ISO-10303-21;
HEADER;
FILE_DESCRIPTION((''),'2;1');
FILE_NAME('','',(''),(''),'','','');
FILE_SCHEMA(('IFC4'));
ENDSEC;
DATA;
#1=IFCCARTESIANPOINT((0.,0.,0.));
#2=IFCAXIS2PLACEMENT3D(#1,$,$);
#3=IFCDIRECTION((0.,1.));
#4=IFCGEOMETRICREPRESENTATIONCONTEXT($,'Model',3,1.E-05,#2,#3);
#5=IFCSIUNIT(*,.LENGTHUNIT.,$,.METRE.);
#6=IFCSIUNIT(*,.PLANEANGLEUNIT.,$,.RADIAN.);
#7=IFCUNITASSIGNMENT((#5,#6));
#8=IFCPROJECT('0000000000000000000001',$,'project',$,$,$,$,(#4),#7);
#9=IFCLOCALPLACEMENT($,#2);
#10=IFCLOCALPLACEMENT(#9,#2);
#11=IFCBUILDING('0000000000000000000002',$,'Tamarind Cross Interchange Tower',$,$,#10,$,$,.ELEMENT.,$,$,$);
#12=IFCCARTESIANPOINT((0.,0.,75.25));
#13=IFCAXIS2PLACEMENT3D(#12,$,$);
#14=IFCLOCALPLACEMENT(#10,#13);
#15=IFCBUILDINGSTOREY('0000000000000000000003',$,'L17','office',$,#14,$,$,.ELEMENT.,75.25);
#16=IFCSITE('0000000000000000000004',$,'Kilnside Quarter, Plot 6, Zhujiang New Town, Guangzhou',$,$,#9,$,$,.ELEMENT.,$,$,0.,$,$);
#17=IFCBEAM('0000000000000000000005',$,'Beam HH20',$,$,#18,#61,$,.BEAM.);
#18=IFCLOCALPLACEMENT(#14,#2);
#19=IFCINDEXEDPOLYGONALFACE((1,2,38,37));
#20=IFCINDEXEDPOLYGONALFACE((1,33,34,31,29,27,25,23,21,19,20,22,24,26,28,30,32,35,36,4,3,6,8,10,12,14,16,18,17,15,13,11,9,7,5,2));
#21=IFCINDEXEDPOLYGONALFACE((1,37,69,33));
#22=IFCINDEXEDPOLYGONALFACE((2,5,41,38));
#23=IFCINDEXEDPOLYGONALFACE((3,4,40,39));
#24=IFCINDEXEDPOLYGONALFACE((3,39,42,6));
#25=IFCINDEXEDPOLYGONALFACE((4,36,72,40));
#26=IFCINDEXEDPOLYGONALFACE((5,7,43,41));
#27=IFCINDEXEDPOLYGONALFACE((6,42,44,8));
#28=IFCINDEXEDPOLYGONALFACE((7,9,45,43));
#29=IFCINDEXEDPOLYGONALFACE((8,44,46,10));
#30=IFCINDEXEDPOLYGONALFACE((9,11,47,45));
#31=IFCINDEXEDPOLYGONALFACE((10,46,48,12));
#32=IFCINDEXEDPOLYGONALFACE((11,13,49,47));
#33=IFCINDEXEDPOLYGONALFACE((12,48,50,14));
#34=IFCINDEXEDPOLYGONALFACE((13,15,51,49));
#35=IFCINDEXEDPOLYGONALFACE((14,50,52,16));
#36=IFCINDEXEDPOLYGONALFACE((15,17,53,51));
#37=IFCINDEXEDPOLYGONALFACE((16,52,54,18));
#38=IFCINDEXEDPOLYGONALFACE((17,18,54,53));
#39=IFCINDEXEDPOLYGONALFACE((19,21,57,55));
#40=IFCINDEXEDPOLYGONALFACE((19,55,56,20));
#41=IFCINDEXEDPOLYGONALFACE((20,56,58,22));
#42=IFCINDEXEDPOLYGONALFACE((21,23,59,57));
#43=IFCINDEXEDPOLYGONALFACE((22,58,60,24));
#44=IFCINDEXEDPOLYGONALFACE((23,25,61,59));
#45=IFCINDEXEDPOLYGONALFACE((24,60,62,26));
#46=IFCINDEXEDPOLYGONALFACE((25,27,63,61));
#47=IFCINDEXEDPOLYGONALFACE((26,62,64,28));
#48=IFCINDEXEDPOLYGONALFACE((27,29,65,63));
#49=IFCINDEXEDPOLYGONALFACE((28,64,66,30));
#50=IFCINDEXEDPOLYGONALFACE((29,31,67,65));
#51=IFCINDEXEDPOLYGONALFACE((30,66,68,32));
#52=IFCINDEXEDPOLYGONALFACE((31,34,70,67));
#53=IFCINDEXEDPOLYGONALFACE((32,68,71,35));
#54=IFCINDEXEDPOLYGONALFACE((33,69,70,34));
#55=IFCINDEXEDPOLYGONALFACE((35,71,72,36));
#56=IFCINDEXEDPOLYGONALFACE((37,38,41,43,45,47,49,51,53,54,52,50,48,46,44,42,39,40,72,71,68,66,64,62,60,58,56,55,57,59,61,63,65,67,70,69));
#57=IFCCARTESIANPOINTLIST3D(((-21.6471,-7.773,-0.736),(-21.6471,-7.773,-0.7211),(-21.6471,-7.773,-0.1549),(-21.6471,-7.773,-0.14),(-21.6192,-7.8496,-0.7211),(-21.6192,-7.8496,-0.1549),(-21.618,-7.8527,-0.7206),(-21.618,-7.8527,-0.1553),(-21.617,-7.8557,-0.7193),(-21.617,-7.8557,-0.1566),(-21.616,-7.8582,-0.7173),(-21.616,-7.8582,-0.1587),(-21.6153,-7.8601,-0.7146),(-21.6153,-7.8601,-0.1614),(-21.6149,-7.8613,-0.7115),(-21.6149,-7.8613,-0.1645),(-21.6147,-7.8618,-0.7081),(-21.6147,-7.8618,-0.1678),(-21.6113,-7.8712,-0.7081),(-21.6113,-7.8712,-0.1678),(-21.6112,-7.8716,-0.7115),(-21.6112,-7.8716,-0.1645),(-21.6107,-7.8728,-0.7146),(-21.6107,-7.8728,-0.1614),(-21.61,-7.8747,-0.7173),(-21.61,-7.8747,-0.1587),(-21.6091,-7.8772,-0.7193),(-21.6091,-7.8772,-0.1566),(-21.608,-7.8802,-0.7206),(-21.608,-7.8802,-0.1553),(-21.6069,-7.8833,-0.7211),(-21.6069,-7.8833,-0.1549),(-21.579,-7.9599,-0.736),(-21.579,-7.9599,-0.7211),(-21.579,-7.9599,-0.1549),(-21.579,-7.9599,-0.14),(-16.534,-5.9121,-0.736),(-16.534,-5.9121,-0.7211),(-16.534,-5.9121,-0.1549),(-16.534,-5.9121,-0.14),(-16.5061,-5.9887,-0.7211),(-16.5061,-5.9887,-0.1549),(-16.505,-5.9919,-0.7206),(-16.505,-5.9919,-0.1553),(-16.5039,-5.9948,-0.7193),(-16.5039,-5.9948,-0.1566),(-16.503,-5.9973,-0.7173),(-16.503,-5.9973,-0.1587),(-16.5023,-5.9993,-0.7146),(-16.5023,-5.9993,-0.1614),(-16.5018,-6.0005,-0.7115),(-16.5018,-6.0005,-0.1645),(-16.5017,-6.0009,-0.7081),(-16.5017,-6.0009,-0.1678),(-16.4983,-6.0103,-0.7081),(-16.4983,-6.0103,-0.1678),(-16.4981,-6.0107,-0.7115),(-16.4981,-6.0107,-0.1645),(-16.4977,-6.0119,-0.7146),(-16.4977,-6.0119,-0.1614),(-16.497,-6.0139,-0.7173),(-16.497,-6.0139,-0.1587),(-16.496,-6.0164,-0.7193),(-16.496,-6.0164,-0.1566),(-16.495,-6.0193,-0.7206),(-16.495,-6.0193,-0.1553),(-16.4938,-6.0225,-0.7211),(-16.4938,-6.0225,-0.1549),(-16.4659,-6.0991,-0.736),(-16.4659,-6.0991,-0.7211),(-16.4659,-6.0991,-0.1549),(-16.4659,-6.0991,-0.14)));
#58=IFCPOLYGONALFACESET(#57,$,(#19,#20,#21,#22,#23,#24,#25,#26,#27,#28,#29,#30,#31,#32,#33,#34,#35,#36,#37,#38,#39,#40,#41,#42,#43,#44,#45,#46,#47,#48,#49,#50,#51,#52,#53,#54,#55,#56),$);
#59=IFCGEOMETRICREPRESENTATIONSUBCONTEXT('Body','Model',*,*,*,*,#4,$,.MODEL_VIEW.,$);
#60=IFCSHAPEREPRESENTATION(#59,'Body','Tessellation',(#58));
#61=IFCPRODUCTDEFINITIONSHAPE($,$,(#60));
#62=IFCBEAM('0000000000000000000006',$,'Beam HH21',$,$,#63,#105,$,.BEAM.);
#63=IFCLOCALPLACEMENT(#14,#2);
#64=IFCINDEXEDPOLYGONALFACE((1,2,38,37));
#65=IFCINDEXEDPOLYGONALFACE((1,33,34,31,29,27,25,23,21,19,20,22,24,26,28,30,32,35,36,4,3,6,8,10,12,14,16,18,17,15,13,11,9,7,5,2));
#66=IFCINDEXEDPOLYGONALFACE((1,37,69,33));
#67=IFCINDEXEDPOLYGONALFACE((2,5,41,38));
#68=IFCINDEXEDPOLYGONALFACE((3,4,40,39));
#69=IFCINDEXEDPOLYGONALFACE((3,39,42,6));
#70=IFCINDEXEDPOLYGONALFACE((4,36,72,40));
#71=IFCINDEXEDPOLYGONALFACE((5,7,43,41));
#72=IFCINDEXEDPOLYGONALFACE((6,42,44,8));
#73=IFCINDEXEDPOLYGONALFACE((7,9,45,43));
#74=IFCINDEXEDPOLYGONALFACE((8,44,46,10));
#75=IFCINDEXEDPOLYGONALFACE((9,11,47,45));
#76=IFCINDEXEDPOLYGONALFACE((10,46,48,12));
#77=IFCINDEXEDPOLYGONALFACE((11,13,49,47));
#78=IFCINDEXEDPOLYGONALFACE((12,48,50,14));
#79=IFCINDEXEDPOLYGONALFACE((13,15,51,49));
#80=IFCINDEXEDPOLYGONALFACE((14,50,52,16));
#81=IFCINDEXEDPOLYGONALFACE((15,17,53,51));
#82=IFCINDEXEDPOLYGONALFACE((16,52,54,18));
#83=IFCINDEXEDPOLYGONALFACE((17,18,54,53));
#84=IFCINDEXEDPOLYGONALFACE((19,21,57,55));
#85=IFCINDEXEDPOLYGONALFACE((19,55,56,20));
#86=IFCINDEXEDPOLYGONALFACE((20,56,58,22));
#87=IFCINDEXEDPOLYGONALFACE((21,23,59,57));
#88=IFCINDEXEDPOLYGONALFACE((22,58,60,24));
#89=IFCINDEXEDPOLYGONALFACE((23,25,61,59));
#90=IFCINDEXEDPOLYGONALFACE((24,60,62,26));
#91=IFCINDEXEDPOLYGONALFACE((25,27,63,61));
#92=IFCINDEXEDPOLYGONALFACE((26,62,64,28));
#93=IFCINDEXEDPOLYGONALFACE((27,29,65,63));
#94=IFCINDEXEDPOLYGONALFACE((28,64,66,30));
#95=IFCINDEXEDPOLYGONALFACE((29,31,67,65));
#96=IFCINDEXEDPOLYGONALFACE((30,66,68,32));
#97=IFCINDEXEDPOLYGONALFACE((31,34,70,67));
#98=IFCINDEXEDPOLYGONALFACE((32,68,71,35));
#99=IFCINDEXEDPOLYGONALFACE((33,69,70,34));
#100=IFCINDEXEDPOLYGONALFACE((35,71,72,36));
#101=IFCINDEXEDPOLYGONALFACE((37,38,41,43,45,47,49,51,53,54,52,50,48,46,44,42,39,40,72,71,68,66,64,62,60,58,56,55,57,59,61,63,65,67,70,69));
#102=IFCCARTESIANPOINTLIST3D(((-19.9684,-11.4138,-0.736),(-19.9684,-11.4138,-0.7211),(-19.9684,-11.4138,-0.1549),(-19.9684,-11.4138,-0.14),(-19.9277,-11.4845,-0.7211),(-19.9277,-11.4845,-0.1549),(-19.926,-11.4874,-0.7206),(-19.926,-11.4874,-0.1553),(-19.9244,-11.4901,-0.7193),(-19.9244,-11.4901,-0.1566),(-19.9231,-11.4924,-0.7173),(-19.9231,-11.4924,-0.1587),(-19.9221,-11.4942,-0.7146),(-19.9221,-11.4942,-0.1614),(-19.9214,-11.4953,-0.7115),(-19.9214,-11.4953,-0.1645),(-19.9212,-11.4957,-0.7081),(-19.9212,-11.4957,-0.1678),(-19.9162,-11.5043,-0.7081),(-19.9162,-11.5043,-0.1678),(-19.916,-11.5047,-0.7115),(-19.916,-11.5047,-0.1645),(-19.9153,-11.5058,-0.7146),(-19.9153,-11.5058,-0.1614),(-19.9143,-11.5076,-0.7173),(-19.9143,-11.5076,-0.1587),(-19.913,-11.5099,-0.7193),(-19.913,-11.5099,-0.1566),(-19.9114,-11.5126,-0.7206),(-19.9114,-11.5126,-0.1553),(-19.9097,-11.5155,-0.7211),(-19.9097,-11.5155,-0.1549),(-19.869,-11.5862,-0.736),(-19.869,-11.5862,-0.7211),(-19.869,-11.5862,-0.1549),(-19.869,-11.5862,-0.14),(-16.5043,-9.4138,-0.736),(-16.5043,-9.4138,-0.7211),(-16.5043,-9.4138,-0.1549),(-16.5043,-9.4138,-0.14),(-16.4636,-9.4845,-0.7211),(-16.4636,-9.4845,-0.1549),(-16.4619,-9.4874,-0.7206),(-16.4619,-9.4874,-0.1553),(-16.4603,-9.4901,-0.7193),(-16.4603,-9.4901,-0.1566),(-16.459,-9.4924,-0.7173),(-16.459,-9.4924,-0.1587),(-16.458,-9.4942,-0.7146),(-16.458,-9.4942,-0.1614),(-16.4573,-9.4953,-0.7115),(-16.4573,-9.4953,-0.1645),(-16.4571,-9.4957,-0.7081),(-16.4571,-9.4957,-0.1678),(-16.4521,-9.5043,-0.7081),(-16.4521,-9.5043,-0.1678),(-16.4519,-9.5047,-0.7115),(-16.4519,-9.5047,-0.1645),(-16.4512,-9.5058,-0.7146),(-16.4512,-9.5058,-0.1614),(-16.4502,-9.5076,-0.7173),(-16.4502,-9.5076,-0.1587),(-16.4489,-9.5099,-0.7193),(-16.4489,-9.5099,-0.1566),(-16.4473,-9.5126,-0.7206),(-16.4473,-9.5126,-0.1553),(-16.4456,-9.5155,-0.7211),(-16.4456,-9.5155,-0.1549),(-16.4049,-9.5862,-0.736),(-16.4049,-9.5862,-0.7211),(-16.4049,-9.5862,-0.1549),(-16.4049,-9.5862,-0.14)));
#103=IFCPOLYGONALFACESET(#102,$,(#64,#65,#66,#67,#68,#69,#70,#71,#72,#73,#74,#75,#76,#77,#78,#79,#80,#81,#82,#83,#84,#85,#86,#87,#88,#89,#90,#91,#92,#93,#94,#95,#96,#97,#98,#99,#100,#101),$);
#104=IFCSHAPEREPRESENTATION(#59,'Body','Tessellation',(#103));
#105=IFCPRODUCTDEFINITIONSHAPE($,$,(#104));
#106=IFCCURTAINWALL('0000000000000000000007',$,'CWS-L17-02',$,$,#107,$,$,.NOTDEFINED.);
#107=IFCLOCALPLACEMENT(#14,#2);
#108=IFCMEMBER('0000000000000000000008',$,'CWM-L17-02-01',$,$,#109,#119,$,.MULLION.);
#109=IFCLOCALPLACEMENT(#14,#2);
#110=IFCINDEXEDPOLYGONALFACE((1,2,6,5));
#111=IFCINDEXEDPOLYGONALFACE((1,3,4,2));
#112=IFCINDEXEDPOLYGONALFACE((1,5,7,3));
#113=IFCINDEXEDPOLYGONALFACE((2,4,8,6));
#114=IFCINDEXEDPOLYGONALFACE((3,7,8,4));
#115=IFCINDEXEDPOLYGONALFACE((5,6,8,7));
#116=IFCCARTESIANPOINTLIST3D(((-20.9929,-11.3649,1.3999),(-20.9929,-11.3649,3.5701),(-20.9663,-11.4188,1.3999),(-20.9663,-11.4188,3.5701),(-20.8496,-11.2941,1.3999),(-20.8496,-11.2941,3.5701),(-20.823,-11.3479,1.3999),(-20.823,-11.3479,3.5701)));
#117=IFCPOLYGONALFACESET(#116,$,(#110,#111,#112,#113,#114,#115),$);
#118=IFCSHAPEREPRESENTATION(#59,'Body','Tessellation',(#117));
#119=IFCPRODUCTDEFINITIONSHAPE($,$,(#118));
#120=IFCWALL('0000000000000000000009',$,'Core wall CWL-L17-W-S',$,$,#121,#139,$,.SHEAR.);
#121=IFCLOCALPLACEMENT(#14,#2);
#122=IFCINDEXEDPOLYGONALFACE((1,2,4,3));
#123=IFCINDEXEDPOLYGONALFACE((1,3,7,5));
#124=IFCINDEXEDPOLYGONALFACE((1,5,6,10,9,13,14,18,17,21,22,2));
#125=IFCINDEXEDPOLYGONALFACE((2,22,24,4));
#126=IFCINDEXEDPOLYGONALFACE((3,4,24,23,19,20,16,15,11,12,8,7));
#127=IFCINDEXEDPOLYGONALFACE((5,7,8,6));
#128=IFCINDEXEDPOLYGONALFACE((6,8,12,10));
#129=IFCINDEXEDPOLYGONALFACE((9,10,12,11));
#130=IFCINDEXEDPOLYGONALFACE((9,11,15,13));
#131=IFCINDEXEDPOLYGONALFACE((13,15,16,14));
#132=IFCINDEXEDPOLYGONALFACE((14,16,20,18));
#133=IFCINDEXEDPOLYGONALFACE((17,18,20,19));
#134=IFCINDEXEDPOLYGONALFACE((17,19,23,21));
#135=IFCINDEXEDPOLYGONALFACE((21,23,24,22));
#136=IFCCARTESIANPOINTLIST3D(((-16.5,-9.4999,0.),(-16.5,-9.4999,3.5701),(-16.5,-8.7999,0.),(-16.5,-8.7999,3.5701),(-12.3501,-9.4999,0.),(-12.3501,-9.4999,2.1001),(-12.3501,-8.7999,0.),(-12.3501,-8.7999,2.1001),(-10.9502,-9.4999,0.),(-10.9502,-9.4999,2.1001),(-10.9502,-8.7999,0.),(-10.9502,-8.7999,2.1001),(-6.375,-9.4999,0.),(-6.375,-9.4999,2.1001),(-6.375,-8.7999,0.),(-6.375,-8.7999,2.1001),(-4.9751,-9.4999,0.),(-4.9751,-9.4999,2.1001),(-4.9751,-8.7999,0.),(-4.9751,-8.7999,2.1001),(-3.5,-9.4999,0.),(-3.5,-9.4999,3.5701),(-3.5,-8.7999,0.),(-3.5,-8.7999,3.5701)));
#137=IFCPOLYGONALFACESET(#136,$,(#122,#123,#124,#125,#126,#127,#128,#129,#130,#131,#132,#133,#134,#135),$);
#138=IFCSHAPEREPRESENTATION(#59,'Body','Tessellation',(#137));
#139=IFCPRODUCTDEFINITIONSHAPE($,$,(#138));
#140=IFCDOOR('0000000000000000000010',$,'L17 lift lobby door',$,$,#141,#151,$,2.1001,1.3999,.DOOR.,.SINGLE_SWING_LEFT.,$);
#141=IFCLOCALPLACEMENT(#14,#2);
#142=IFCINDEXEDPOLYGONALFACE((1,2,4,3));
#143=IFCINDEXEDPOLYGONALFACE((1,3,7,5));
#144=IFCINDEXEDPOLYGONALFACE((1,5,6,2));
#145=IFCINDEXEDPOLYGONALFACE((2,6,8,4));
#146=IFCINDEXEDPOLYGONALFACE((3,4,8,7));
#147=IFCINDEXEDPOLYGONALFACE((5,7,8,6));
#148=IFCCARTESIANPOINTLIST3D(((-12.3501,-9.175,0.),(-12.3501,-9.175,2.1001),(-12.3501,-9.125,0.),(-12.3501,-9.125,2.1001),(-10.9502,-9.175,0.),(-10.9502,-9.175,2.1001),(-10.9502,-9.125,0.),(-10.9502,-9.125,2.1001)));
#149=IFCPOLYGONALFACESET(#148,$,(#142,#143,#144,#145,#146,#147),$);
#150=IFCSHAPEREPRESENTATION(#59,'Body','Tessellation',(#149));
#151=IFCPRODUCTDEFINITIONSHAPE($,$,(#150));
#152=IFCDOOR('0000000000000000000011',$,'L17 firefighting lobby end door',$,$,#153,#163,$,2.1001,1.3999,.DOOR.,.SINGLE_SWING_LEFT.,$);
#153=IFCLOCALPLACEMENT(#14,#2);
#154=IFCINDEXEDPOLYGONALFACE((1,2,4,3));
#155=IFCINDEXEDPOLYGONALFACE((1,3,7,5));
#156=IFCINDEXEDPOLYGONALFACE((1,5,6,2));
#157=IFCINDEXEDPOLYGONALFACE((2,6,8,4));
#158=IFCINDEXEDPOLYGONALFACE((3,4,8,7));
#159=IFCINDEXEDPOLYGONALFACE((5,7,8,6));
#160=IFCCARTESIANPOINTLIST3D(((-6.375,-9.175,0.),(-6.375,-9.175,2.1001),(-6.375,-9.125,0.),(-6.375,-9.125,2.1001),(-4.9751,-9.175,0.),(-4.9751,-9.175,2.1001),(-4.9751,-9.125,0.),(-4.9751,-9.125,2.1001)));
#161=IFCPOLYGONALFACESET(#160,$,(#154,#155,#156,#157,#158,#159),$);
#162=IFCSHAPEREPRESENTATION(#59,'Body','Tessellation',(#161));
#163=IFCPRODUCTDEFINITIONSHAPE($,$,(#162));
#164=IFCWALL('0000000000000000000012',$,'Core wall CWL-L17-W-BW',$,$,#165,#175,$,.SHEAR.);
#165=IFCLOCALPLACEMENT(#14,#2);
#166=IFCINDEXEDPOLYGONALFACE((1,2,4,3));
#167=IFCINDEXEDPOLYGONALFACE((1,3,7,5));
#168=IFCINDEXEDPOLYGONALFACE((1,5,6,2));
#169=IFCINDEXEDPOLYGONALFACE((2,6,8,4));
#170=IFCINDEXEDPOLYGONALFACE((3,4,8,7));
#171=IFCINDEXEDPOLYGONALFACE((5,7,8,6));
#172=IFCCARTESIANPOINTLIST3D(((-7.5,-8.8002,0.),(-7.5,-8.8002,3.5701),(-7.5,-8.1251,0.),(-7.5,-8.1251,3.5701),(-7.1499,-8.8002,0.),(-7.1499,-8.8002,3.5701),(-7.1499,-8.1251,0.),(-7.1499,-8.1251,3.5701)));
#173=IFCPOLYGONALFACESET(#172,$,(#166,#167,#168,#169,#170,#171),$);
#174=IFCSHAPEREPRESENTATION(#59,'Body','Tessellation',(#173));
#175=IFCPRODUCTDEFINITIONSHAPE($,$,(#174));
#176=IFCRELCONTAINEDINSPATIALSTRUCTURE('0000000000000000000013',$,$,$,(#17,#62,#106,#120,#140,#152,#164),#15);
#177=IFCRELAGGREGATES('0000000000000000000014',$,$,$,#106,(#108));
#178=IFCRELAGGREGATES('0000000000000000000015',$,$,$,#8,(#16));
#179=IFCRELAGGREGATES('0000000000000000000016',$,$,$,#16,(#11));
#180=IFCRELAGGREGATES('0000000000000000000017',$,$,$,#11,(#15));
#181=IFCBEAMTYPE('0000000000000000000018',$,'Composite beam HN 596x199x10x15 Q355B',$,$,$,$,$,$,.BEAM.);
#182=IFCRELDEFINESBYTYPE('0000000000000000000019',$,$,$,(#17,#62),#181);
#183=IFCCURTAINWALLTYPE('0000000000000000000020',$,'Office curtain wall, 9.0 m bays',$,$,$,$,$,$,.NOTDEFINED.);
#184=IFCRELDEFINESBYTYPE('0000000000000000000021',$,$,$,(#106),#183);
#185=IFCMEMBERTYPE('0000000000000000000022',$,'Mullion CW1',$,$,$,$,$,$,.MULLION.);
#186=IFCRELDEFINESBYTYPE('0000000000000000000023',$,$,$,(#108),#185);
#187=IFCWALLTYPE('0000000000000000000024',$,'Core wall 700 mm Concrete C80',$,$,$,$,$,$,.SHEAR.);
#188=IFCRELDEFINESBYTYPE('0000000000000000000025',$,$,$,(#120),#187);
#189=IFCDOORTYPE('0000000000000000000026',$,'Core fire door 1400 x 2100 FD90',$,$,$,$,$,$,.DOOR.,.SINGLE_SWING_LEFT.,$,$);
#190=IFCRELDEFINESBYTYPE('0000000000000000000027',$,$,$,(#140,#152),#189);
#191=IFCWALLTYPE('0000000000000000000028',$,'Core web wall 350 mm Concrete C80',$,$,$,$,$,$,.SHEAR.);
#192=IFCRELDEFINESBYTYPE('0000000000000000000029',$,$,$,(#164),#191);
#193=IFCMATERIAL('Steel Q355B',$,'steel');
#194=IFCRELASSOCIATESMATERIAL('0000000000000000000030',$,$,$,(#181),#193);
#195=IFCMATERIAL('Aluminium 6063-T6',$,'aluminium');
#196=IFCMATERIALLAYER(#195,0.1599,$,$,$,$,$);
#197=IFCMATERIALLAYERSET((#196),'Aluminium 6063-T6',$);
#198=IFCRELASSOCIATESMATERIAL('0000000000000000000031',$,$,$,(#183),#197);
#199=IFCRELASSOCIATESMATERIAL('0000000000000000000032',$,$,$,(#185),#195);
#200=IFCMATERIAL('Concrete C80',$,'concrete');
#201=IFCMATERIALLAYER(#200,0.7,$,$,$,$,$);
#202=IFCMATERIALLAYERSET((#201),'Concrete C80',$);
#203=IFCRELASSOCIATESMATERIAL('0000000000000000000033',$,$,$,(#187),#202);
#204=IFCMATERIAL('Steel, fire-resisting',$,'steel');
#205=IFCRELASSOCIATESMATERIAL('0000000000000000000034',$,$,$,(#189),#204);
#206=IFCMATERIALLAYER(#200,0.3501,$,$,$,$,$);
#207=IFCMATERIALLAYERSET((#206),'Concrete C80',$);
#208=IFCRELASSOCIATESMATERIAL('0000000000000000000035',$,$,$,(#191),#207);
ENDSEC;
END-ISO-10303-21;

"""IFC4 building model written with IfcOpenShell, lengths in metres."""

from ifc_helpers import new_model, si_unit, direction, frame, frame_2d, origin, origin_2d, place, context, subcontext, project, spatial, rectangle, i_section, extrude, material, layer, layer_set, material_profile, profile_set, type_object, element, fill, aggregate, save


model = new_model("IFC4")

# Units and contexts
model_context = context("Model", 3, precision=1e-05, world=origin(), true_north=direction((0.0, 1.0)))
body_context = subcontext(model_context, "Body", "Model", "MODEL_VIEW")
ifc_project = project(units=[si_unit("LENGTHUNIT", "METRE"), si_unit("PLANEANGLEUNIT", "RADIAN")], contexts=[model_context])

# Site, building, storey
site_placement = place(None, origin())
site = spatial("IfcSite", under=ifc_project, at=site_placement, Name="Kilnside Quarter, Plot 6, Zhujiang New Town, Guangzhou", CompositionType="ELEMENT", RefElevation=0.0)
building_placement = place(site_placement, origin())
building = spatial("IfcBuilding", under=site, at=building_placement, Name="Tamarind Cross Interchange Tower", CompositionType="ELEMENT")
storey_placement = place(building_placement, frame((0.0, 0.0, 75.25)))
storey = spatial("IfcBuildingStorey", under=building, at=storey_placement, Name="L17", Description="office", CompositionType="ELEMENT", Elevation=75.25)

# Beams
ifc_material_1 = material(Name="Steel Q355B", Category="steel")
ifc_material_profile_1 = material_profile(ifc_material_1, i_section(OverallWidth=0.199, OverallDepth=0.5959, WebThickness=0.01, FlangeThickness=0.0149, FilletRadius=0.0129, at=origin_2d()), Name="HN 596x199x10x15")
ifc_profile_set_1 = profile_set([ifc_material_profile_1], Name="Steel Q355B")
beam_type = type_object("IfcBeamType", Name="Composite beam HN 596x199x10x15 Q355B", PredefinedType="BEAM", material=ifc_profile_set_1)
beam_1_placement = place(storey_placement, frame((-21.613, -7.8665, -0.438), z_axis=(0.939702, 0.341995, 0.0), x_axis=(-0.341995, 0.939702, 0.0)))
element("IfcBeam", 1, at=beam_1_placement, inside=storey, type_object=beam_type, Name="Beam HH20", PredefinedType="BEAM", context=body_context, shape_type="SweptSolid", body=[
    extrude(i_section(OverallWidth=0.199, OverallDepth=0.5959, WebThickness=0.01, FlangeThickness=0.0149, FilletRadius=0.0129, at=origin_2d()), origin(), (0.0, 0.0, 1.0), 5.4412),
])
beam_2_placement = place(storey_placement, frame((-19.9187, -11.5, -0.438), z_axis=(0.866026, 0.499999, 0.0), x_axis=(-0.499999, 0.866026, 0.0)))
element("IfcBeam", 2, at=beam_2_placement, inside=storey, type_object=beam_type, Name="Beam HH21", PredefinedType="BEAM", context=body_context, shape_type="SweptSolid", body=[
    extrude(i_section(OverallWidth=0.199, OverallDepth=0.5959, WebThickness=0.01, FlangeThickness=0.0149, FilletRadius=0.0129, at=origin_2d()), origin(), (0.0, 0.0, 1.0), 4.0),
])

# Curtain wall, member
ifc_material_2 = material(Name="Aluminium 6063-T6", Category="aluminium")
ifc_layer_1 = layer(ifc_material_2, 0.1599)
ifc_layer_set_1 = layer_set([ifc_layer_1], Name="Aluminium 6063-T6")
curtain_wall_type = type_object("IfcCurtainWallType", Name="Office curtain wall, 9.0 m bays", PredefinedType="NOTDEFINED", material=ifc_layer_set_1)
curtain_wall_placement = place(storey_placement, origin())
curtain_wall = element("IfcCurtainWall", 3, at=curtain_wall_placement, inside=storey, type_object=curtain_wall_type, Name="CWS-L17-02", PredefinedType="NOTDEFINED")
ifc_material_profile_2 = material_profile(ifc_material_2, rectangle(XDim=0.0601, YDim=0.1599, at=origin_2d()), Name="Mullion CW1")
ifc_profile_set_2 = profile_set([ifc_material_profile_2], Name="Aluminium 6063-T6")
member_type = type_object("IfcMemberType", Name="Mullion CW1", PredefinedType="MULLION", material=ifc_profile_set_2)
member_placement = place(storey_placement, frame((-20.908, -11.3564, 1.3999), z_axis=(0.0, 0.0, 1.0), x_axis=(0.443059, -0.896493, 0.0)))
member = element("IfcMember", 4, at=member_placement, type_object=member_type, Name="CWM-L17-02-01", PredefinedType="MULLION", context=body_context, shape_type="SweptSolid", body=[
    extrude(rectangle(XDim=0.0601, YDim=0.1599, at=origin_2d()), origin(), (0.0, 0.0, 1.0), 2.1702),
])
aggregate(curtain_wall, [member])

# Wall, openings, doors
ifc_material_3 = material(Name="Concrete C80", Category="concrete")
ifc_layer_2 = layer(ifc_material_3, 0.7)
ifc_layer_set_2 = layer_set([ifc_layer_2], Name="Concrete C80")
wall_type_1 = type_object("IfcWallType", Name="Core wall 700 mm Concrete C80", PredefinedType="SHEAR", material=ifc_layer_set_2)
wall_1_placement = place(storey_placement, frame((-16.5, -9.1499, 0.0), z_axis=(0.0, 0.0, 1.0), x_axis=(1.0, 0.0, 0.0)))
wall_1 = element("IfcWall", 5, at=wall_1_placement, inside=storey, type_object=wall_type_1, Name="Core wall CWL-L17-W-S", PredefinedType="SHEAR", context=body_context, shape_type="SweptSolid", body=[
    extrude(rectangle(XDim=13.0, YDim=0.7, at=frame_2d((6.5, 0.0))), origin(), (0.0, 0.0, 1.0), 3.5701),
])
opening_1_placement = place(wall_1_placement, frame((4.1499, 0.0, 0.0)))
opening_1 = element("IfcOpeningElement", 6, at=opening_1_placement, cuts=wall_1, PredefinedType="OPENING", context=body_context, shape_type="SweptSolid", body=[
    extrude(rectangle(XDim=1.3999, YDim=2.1001, at=frame_2d((0.7, 1.05))), frame((0.0, 0.3599, 0.0), z_axis=(0.0, -1.0, 0.0), x_axis=(1.0, 0.0, 0.0)), (0.0, 0.0, 1.0), 0.72),
])
opening_2_placement = place(wall_1_placement, frame((10.125, 0.0, 0.0)))
opening_2 = element("IfcOpeningElement", 7, at=opening_2_placement, cuts=wall_1, PredefinedType="OPENING", context=body_context, shape_type="SweptSolid", body=[
    extrude(rectangle(XDim=1.3999, YDim=2.1001, at=frame_2d((0.7, 1.05))), frame((0.0, 0.3599, 0.0), z_axis=(0.0, -1.0, 0.0), x_axis=(1.0, 0.0, 0.0)), (0.0, 0.0, 1.0), 0.72),
])
ifc_material_4 = material(Name="Steel, fire-resisting", Category="steel")
door_type_1 = type_object("IfcDoorType", Name="Core fire door 1400 x 2100 FD90", OperationType="SINGLE_SWING_LEFT", PredefinedType="DOOR", material=ifc_material_4)
door_1_placement = place(opening_1_placement, origin())
door_1 = element("IfcDoor", 8, at=door_1_placement, inside=storey, type_object=door_type_1, Name="L17 lift lobby door", OperationType="SINGLE_SWING_LEFT", OverallHeight=2.1001, OverallWidth=1.3999, PredefinedType="DOOR", context=body_context, shape_type="SweptSolid", body=[
    extrude(rectangle(XDim=1.3999, YDim=2.1001, at=frame_2d((0.7, 1.05))), frame((0.0, 0.0249, 0.0), z_axis=(0.0, -1.0, 0.0), x_axis=(1.0, 0.0, 0.0)), (0.0, 0.0, 1.0), 0.05),
])
fill(opening_1, door_1)
door_2_placement = place(opening_2_placement, origin())
door_2 = element("IfcDoor", 9, at=door_2_placement, inside=storey, type_object=door_type_1, Name="L17 firefighting lobby end door", OperationType="SINGLE_SWING_LEFT", OverallHeight=2.1001, OverallWidth=1.3999, PredefinedType="DOOR", context=body_context, shape_type="SweptSolid", body=[
    extrude(rectangle(XDim=1.3999, YDim=2.1001, at=frame_2d((0.7, 1.05))), frame((0.0, 0.0249, 0.0), z_axis=(0.0, -1.0, 0.0), x_axis=(1.0, 0.0, 0.0)), (0.0, 0.0, 1.0), 0.05),
])
fill(opening_2, door_2)

# Wall
ifc_layer_3 = layer(ifc_material_3, 0.3501)
ifc_layer_set_3 = layer_set([ifc_layer_3], Name="Concrete C80")
wall_type_2 = type_object("IfcWallType", Name="Core web wall 350 mm Concrete C80", PredefinedType="SHEAR", material=ifc_layer_set_3)
wall_2_placement = place(storey_placement, frame((-7.325, -8.8, 0.0), z_axis=(0.0, 0.0, 1.0), x_axis=(0.0, 1.0, 0.0)))
element("IfcWall", 10, at=wall_2_placement, inside=storey, type_object=wall_type_2, Name="Core wall CWL-L17-W-BW", PredefinedType="SHEAR", context=body_context, shape_type="SweptSolid", body=[
    extrude(rectangle(XDim=0.675, YDim=0.3501, at=frame_2d((0.3374, 0.0))), origin(), (0.0, 0.0, 1.0), 3.5701),
])

save(model, "model.ifc")
